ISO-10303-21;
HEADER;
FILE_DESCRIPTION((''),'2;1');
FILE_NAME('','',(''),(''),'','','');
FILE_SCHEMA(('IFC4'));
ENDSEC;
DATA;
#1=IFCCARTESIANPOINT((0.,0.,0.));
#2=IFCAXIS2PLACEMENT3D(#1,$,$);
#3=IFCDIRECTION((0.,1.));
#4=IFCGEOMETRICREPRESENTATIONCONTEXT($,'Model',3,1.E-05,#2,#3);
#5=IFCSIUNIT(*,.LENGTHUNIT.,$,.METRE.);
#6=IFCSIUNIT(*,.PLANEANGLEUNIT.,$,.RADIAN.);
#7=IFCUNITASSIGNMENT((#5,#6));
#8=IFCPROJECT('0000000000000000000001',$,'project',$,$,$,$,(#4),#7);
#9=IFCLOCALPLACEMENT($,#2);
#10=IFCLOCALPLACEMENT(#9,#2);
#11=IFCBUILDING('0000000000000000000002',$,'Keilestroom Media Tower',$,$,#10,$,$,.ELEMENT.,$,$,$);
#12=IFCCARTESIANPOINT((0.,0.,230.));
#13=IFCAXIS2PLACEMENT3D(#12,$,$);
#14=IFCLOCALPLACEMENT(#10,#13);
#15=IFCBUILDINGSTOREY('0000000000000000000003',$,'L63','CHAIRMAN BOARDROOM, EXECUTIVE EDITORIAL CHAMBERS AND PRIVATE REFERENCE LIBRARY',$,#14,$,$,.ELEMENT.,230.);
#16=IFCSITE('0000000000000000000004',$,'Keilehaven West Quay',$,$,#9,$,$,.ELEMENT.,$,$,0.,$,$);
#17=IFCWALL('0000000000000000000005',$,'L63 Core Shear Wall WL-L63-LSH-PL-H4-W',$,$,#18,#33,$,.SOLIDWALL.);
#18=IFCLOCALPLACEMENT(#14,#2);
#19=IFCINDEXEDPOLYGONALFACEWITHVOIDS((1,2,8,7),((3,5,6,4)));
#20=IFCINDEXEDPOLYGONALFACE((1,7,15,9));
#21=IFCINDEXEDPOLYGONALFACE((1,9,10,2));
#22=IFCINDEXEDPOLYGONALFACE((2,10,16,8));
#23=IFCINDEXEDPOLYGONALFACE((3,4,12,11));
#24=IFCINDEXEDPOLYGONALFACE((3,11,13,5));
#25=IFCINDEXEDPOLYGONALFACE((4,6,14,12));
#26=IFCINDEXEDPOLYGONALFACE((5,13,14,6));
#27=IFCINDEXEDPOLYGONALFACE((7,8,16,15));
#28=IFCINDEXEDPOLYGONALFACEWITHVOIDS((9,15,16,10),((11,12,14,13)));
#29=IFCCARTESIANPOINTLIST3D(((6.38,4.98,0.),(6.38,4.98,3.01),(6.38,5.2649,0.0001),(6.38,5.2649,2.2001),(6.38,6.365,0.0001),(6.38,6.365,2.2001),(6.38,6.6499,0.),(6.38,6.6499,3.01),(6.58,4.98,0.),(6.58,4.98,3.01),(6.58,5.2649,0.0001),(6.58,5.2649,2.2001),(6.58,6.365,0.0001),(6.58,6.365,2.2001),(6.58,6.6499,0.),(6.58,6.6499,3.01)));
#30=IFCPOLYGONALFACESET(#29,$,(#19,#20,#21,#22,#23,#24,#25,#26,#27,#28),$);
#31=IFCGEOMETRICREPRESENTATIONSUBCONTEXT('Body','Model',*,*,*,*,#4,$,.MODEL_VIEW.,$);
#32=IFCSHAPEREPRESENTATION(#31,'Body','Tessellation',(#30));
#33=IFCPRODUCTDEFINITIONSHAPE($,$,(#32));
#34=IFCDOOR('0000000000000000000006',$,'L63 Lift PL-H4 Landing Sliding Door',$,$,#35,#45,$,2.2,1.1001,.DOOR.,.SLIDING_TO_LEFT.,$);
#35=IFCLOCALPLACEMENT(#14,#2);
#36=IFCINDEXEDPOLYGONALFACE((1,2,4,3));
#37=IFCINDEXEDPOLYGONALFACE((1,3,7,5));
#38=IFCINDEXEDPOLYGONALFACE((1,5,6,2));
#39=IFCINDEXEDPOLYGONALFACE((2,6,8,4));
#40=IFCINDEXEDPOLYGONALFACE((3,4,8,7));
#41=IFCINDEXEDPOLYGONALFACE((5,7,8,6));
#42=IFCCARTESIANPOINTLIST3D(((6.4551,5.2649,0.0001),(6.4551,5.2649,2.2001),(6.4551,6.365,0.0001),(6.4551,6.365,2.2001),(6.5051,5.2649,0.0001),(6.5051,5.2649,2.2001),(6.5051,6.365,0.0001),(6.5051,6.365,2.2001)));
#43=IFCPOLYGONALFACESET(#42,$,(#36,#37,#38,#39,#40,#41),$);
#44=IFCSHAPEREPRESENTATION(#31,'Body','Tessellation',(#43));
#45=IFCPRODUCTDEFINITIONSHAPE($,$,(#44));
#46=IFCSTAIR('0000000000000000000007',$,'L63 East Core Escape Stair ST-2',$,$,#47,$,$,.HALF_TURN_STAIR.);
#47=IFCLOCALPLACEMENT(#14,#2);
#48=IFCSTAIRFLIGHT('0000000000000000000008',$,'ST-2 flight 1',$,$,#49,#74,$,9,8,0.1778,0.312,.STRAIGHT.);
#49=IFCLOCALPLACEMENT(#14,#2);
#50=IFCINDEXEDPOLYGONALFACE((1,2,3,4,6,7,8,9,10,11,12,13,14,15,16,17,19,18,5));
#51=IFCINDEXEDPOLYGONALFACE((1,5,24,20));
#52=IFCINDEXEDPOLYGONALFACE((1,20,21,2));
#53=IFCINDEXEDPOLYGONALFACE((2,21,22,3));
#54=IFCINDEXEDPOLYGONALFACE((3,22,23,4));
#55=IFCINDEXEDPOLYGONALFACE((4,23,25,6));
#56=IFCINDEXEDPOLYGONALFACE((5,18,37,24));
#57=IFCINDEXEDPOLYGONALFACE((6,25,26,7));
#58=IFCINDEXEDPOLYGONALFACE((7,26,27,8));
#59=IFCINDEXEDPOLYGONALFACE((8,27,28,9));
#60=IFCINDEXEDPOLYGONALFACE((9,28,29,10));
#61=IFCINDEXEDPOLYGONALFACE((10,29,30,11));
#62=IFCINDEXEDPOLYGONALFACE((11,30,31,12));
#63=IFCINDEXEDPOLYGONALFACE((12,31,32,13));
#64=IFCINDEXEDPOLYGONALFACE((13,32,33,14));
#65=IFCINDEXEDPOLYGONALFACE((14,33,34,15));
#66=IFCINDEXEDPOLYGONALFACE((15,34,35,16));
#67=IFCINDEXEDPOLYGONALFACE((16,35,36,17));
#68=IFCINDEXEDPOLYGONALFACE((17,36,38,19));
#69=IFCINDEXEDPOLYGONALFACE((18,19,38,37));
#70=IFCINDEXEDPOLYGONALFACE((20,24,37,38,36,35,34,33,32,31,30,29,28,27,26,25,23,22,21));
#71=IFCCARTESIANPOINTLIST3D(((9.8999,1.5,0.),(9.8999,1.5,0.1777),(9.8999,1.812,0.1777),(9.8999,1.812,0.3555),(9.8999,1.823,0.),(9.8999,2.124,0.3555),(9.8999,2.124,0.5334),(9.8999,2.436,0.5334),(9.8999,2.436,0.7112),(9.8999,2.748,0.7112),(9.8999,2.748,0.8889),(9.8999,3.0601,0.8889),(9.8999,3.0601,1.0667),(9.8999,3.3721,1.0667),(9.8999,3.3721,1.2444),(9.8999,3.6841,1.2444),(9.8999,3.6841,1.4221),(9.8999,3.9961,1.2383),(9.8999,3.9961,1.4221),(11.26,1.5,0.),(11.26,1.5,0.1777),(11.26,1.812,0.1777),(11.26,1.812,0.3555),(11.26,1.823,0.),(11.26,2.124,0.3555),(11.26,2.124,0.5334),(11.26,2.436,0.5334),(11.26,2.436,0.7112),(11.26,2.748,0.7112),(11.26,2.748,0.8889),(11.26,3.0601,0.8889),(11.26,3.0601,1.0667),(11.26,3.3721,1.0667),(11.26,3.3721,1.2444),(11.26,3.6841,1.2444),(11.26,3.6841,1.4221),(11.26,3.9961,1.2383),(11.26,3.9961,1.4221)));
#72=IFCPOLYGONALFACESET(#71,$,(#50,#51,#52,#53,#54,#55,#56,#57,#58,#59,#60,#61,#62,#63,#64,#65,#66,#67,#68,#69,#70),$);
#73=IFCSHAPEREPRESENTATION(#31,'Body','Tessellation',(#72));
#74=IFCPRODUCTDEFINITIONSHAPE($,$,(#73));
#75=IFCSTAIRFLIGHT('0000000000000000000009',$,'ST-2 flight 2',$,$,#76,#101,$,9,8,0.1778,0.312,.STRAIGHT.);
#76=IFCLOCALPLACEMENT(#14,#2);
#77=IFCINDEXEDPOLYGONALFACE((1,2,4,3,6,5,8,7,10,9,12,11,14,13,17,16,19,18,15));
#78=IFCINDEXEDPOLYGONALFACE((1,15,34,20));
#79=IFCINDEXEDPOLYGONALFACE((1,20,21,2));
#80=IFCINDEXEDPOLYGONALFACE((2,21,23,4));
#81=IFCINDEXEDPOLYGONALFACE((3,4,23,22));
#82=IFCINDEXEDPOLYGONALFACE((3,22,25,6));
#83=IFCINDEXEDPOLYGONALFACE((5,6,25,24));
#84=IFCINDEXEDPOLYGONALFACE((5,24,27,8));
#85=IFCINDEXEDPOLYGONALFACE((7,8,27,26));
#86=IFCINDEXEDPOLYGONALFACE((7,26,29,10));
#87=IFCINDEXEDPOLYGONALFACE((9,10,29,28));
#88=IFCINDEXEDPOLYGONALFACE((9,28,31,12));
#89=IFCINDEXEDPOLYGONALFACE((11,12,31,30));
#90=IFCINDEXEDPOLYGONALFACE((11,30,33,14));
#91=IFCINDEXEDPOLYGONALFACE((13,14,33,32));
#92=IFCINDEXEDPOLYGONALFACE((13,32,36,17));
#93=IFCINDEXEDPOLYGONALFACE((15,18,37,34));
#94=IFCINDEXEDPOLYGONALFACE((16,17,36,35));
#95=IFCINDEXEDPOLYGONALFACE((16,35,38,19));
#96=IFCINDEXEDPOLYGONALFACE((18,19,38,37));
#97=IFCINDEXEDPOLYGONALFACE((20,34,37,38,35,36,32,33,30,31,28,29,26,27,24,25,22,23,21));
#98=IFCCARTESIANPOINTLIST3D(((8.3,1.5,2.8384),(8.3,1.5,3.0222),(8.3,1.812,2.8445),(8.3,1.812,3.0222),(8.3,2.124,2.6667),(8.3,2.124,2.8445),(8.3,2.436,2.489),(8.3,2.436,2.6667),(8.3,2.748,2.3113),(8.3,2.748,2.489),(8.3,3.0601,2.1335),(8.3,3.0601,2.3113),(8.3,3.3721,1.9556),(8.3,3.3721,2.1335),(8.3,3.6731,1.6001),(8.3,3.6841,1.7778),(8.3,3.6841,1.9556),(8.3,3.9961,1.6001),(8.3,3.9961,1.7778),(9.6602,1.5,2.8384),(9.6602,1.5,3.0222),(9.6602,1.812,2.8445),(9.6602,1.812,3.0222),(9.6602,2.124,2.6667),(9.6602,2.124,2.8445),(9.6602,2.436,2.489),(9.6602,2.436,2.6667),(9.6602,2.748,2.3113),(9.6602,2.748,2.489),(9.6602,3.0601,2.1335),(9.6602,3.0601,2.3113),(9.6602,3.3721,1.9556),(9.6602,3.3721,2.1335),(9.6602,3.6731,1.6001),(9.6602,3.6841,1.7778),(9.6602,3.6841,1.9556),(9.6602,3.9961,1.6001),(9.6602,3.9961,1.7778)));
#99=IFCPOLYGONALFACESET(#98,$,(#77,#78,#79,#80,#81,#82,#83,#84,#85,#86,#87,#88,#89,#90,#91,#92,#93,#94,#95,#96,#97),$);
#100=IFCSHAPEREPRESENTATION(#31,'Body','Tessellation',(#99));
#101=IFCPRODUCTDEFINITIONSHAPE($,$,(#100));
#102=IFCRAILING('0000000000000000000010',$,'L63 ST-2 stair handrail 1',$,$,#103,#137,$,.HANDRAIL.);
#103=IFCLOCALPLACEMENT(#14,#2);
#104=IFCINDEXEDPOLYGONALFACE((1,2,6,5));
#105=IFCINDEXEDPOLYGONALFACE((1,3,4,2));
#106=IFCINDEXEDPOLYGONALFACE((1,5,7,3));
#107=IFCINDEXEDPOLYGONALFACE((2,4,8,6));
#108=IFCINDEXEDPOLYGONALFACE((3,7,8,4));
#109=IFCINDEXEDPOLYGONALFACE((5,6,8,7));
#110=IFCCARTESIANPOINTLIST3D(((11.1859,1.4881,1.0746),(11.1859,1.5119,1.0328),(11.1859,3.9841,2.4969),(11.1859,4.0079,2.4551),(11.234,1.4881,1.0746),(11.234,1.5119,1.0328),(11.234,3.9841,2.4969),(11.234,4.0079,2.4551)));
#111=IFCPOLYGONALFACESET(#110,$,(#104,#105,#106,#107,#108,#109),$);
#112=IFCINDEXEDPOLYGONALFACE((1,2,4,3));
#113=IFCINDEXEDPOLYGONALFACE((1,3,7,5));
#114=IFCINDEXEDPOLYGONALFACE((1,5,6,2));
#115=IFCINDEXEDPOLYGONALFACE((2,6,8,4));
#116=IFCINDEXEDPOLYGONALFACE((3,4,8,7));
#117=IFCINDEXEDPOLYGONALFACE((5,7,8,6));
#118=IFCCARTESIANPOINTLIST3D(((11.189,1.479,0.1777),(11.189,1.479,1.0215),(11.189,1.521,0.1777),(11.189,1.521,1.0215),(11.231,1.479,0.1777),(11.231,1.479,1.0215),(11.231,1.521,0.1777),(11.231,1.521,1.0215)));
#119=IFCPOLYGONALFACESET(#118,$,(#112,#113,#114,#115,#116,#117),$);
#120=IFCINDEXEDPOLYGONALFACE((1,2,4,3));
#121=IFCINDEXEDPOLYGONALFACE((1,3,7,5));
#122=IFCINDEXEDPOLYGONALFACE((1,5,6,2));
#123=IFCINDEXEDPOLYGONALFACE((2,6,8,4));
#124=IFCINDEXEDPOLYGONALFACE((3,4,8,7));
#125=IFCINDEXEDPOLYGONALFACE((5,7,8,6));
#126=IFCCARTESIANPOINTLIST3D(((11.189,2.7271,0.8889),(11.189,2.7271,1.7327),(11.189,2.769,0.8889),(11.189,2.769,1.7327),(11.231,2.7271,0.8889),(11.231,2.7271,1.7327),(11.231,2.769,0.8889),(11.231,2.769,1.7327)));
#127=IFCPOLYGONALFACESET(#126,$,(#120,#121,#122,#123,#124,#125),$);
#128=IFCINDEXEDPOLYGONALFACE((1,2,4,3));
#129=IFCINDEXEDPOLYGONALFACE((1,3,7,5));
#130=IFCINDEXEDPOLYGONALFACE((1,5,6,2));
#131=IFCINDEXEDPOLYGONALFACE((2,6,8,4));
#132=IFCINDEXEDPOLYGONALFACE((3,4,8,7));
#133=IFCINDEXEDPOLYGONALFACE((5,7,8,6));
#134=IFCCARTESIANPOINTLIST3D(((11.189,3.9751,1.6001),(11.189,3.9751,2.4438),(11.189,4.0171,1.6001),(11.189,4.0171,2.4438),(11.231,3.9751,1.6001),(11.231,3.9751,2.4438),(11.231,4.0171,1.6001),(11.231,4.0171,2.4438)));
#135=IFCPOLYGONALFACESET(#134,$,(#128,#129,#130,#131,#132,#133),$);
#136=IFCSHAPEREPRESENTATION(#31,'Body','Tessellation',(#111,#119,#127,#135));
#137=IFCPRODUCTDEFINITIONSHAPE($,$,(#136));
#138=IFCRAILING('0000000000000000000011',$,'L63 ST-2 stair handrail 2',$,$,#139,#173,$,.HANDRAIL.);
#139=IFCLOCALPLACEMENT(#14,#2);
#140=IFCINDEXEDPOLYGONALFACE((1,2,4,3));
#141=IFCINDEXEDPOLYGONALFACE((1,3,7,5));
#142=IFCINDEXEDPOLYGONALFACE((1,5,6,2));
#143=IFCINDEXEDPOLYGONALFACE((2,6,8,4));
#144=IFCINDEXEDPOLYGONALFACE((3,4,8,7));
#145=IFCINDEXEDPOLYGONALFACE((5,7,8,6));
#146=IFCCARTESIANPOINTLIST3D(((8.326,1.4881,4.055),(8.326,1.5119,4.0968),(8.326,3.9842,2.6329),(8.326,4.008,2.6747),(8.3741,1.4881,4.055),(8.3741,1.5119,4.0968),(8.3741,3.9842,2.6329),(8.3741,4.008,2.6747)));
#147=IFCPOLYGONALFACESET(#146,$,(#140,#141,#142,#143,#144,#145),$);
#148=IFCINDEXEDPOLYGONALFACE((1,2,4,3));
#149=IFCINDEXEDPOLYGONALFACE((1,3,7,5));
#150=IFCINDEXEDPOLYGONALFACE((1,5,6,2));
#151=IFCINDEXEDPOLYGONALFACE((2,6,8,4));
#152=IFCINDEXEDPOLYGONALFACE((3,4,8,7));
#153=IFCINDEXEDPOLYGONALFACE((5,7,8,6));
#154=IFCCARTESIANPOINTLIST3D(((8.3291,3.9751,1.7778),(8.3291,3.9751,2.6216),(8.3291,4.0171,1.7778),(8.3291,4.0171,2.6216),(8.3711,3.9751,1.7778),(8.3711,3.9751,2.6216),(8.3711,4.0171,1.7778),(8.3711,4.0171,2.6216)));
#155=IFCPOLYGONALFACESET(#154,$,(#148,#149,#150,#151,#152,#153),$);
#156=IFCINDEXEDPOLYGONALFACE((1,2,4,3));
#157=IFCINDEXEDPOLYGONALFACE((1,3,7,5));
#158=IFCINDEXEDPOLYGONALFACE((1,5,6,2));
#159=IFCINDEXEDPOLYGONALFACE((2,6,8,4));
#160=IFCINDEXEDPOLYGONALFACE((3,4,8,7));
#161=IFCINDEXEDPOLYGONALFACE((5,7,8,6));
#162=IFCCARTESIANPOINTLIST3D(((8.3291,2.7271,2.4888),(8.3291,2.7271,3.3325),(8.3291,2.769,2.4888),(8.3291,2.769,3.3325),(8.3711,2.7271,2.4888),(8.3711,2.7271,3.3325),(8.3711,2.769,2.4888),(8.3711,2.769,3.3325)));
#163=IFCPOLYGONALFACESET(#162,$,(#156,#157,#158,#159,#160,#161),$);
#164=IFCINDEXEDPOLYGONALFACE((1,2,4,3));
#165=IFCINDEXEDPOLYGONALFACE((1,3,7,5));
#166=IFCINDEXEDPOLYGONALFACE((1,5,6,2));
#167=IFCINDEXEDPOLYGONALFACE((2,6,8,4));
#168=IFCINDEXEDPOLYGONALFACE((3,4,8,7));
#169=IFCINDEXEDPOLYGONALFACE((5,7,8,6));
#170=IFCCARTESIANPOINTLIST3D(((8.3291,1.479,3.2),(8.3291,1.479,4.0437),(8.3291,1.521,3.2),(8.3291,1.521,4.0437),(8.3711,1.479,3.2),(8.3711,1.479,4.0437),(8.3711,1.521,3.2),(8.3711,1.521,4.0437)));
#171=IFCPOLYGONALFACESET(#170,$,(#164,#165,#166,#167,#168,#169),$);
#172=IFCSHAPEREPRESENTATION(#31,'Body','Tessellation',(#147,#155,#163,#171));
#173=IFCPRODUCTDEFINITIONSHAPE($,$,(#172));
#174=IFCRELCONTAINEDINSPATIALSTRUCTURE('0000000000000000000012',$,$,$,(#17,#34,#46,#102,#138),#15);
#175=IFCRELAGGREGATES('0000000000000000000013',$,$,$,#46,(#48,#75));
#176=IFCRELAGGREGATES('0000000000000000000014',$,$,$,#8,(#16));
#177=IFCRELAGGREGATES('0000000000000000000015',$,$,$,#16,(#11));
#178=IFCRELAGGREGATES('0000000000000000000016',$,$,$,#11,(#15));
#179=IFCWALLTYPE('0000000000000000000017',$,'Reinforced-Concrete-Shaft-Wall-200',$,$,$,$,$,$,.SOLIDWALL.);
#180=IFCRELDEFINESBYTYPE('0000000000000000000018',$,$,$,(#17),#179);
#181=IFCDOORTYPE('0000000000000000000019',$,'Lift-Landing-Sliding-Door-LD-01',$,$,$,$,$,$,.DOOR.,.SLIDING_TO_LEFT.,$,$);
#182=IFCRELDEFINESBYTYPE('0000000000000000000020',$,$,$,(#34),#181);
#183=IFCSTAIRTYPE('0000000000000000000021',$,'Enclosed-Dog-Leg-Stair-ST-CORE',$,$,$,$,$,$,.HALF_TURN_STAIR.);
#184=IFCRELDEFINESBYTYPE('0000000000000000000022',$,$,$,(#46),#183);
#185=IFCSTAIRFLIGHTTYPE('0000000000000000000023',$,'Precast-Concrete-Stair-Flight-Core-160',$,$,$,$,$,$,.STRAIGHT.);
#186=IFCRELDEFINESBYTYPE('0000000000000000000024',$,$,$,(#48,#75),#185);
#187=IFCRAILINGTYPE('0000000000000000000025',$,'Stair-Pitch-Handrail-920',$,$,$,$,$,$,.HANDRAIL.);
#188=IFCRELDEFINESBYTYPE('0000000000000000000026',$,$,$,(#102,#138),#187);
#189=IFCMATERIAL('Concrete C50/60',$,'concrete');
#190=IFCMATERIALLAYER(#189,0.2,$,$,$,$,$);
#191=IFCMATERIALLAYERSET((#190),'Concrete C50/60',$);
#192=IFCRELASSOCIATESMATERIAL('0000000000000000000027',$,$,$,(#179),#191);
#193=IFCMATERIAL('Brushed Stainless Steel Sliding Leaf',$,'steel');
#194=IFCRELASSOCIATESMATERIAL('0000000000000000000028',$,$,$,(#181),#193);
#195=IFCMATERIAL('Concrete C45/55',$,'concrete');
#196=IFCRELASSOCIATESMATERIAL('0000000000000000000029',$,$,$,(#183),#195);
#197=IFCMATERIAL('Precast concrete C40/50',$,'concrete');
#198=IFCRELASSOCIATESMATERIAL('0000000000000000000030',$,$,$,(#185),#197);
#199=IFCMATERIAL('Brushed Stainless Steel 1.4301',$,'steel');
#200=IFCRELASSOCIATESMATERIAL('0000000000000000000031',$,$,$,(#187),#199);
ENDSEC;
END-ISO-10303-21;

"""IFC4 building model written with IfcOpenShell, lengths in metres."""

from ifc_helpers import new_model, si_unit, direction, frame, frame_2d, origin, origin_2d, place, context, subcontext, project, spatial, polyline, rectangle, outline, extrude, source, transform, mapped, material, layer, layer_set, type_object, element, fill, aggregate, save


model = new_model("IFC4")

# Units and contexts
model_context = context("Model", 3, precision=1e-05, world=origin(), true_north=direction((0.0, 1.0)))
body_context = subcontext(model_context, "Body", "Model", "MODEL_VIEW")
ifc_project = project(units=[si_unit("LENGTHUNIT", "METRE"), si_unit("PLANEANGLEUNIT", "RADIAN")], contexts=[model_context])

# Site, building, storey
site_placement = place(None, origin())
site = spatial("IfcSite", under=ifc_project, at=site_placement, Name="Keilehaven West Quay", CompositionType="ELEMENT", RefElevation=0.0)
building_placement = place(site_placement, origin())
building = spatial("IfcBuilding", under=site, at=building_placement, Name="Keilestroom Media Tower", CompositionType="ELEMENT")
storey_placement = place(building_placement, frame((0.0, 0.0, 230.0)))
storey = spatial("IfcBuildingStorey", under=building, at=storey_placement, Name="L63", Description="CHAIRMAN BOARDROOM, EXECUTIVE EDITORIAL CHAMBERS AND PRIVATE REFERENCE LIBRARY", CompositionType="ELEMENT", Elevation=230.0)

# Shared definitions
ifc_material_1 = material(Name="Concrete C50/60", Category="concrete")
ifc_layer_1 = layer(ifc_material_1, 0.2)
ifc_layer_set_1 = layer_set([ifc_layer_1], Name="Concrete C50/60")
wall_type_1 = type_object("IfcWallType", Name="Reinforced-Concrete-Shaft-Wall-200", PredefinedType="SOLIDWALL", material=ifc_layer_set_1)

# Shared definitions
ifc_material_2 = material(Name="Brushed Stainless Steel Sliding Leaf", Category="steel")
door_type = type_object("IfcDoorType", Name="Lift-Landing-Sliding-Door-LD-01", OperationType="SLIDING_TO_LEFT", PredefinedType="DOOR", material=ifc_material_2)
shared_shape_1 = source(origin(), body_context, "Body", "SweptSolid", [
    extrude(rectangle(XDim=1.1001, YDim=2.2, at=frame_2d((0.55, 1.1001))), frame((0.0, 0.0249, 0.0), z_axis=(0.0, -1.0, 0.0), x_axis=(1.0, 0.0, 0.0)), (0.0, 0.0, 1.0), 0.05),
])

# Wall, opening, door
wall_1_placement = place(storey_placement, frame((6.48, 4.98, 0.0), z_axis=(0.0, 0.0, 1.0), x_axis=(0.0, 1.0, 0.0)))
wall_1 = element("IfcWall", 1, at=wall_1_placement, inside=storey, type_object=wall_type_1, Name="L63 Core Shear Wall WL-L63-LSH-PL-H4-W", PredefinedType="SOLIDWALL", context=body_context, shape_type="SweptSolid", body=[
    extrude(rectangle(XDim=1.6699, YDim=0.2, at=frame_2d((0.835, 0.0))), origin(), (0.0, 0.0, 1.0), 3.01),
])
opening_1_placement = place(wall_1_placement, frame((0.2849, 0.0, 0.0)))
opening_1 = element("IfcOpeningElement", 2, at=opening_1_placement, cuts=wall_1, PredefinedType="OPENING", context=body_context, shape_type="SweptSolid", body=[
    extrude(rectangle(XDim=1.1001, YDim=2.2, at=frame_2d((0.55, 1.1001))), frame((0.0, 0.1099, 0.0), z_axis=(0.0, -1.0, 0.0), x_axis=(1.0, 0.0, 0.0)), (0.0, 0.0, 1.0), 0.22),
])
door_1_placement = place(opening_1_placement, origin())
door_1 = element("IfcDoor", 3, at=door_1_placement, inside=storey, type_object=door_type, Name="L63 Lift PL-H4 Landing Sliding Door", OperationType="SLIDING_TO_LEFT", OverallHeight=2.2, OverallWidth=1.1001, PredefinedType="DOOR", context=body_context, shape_type="MappedRepresentation", body=[
    mapped(shared_shape_1, transform((0.0, 0.0, 0.0), x_axis=(1.0, 0.0, 0.0), y_axis=(0.0, 1.0, 0.0), z_axis=(0.0, 0.0, 1.0), scale=1.0)),
])
fill(opening_1, door_1)

# Stair, stair flights
ifc_material_3 = material(Name="Concrete C45/55", Category="concrete")
stair_type = type_object("IfcStairType", Name="Enclosed-Dog-Leg-Stair-ST-CORE", PredefinedType="HALF_TURN_STAIR", material=ifc_material_3)
stair_placement = place(storey_placement, origin())
stair = element("IfcStair", 4, at=stair_placement, inside=storey, type_object=stair_type, Name="L63 East Core Escape Stair ST-2", PredefinedType="HALF_TURN_STAIR")
ifc_material_4 = material(Name="Precast concrete C40/50", Category="concrete")
stair_flight_type = type_object("IfcStairFlightType", Name="Precast-Concrete-Stair-Flight-Core-160", PredefinedType="STRAIGHT", material=ifc_material_4)
stair_flight_1_placement = place(storey_placement, frame((10.5801, 1.5, 0.0), z_axis=(0.0, 0.0, 1.0), x_axis=(0.0, 1.0, 0.0)))
stair_flight_1 = element("IfcStairFlight", 5, at=stair_flight_1_placement, type_object=stair_flight_type, Name="ST-2 flight 1", NumberOfRisers=9, NumberOfTreads=8, PredefinedType="STRAIGHT", RiserHeight=0.1778, TreadLength=0.312, context=body_context, shape_type="SweptSolid", body=[
    extrude(outline(polyline([(0.0, 0.0), (0.0, 0.1777), (0.312, 0.1777), (0.312, 0.3555), (0.624, 0.3555), (0.624, 0.5334), (0.936, 0.5334), (0.936, 0.7112), (1.248, 0.7112), (1.248, 0.8889), (1.5601, 0.8889), (1.5601, 1.0667), (1.8721, 1.0667), (1.8721, 1.2444), (2.1841, 1.2444), (2.1841, 1.4221), (2.4961, 1.4221), (2.4961, 1.6001), (2.4961, 1.2383), (0.323, 0.0), (0.0, 0.0)])), frame((0.0, 0.6802, 0.0), z_axis=(0.0, -1.0, 0.0), x_axis=(1.0, 0.0, 0.0)), (0.0, 0.0, 1.0), 1.3601),
])
stair_flight_2_placement = place(storey_placement, frame((8.98, 3.9961, 1.6001), z_axis=(0.0, 0.0, 1.0), x_axis=(0.0, -1.0, 0.0)))
stair_flight_2 = element("IfcStairFlight", 6, at=stair_flight_2_placement, type_object=stair_flight_type, Name="ST-2 flight 2", NumberOfRisers=9, NumberOfTreads=8, PredefinedType="STRAIGHT", RiserHeight=0.1778, TreadLength=0.312, context=body_context, shape_type="SweptSolid", body=[
    extrude(outline(polyline([(0.0, 0.0), (0.0, 0.1777), (0.312, 0.1777), (0.312, 0.3555), (0.624, 0.3555), (0.624, 0.5334), (0.936, 0.5334), (0.936, 0.7112), (1.248, 0.7112), (1.248, 0.8889), (1.5601, 0.8889), (1.5601, 1.0667), (1.8721, 1.0667), (1.8721, 1.2444), (2.1841, 1.2444), (2.1841, 1.4221), (2.4961, 1.4221), (2.4961, 1.6001), (2.4961, 1.2383), (0.323, 0.0), (0.0, 0.0)])), frame((0.0, 0.6802, 0.0), z_axis=(0.0, -1.0, 0.0), x_axis=(1.0, 0.0, 0.0)), (0.0, 0.0, 1.0), 1.3601),
])
aggregate(stair, [stair_flight_1, stair_flight_2])

# Railings
ifc_material_5 = material(Name="Brushed Stainless Steel 1.4301", Category="steel")
railing_type_1 = type_object("IfcRailingType", Name="Stair-Pitch-Handrail-920", PredefinedType="HANDRAIL", material=ifc_material_5)
railing_1_placement = place(storey_placement, frame((11.21, 1.5, 0.1777)))
element("IfcRailing", 7, at=railing_1_placement, inside=storey, type_object=railing_type_1, Name="L63 ST-2 stair handrail 1", PredefinedType="HANDRAIL", context=body_context, shape_type="SweptSolid", body=[
    extrude(rectangle(XDim=0.0481, YDim=0.0481, at=origin_2d()), frame((0.0, 0.0, 0.876), z_axis=(0.0, 0.868839, 0.495095), x_axis=(-1.0, 0.0, 0.0)), (0.0, 0.0, 1.0), 2.8728),
    extrude(rectangle(XDim=0.042, YDim=0.042, at=origin_2d()), origin(), (0.0, 0.0, 1.0), 0.8438),
    extrude(rectangle(XDim=0.042, YDim=0.042, at=origin_2d()), frame((0.0, 1.248, 0.7112)), (0.0, 0.0, 1.0), 0.8438),
    extrude(rectangle(XDim=0.042, YDim=0.042, at=origin_2d()), frame((0.0, 2.4961, 1.4224)), (0.0, 0.0, 1.0), 0.8438),
])
railing_2_placement = place(storey_placement, frame((8.3501, 3.9961, 1.7778)))
element("IfcRailing", 8, at=railing_2_placement, inside=storey, type_object=railing_type_1, Name="L63 ST-2 stair handrail 2", PredefinedType="HANDRAIL", context=body_context, shape_type="SweptSolid", body=[
    extrude(rectangle(XDim=0.0481, YDim=0.0481, at=origin_2d()), frame((0.0, 0.0, 0.876), z_axis=(0.0, -0.868875, 0.495031), x_axis=(1.0, 0.0, 0.0)), (0.0, 0.0, 1.0), 2.8728),
    extrude(rectangle(XDim=0.042, YDim=0.042, at=origin_2d()), origin(), (0.0, 0.0, 1.0), 0.8438),
    extrude(rectangle(XDim=0.042, YDim=0.042, at=origin_2d()), frame((0.0, -1.248, 0.7109)), (0.0, 0.0, 1.0), 0.8438),
    extrude(rectangle(XDim=0.042, YDim=0.042, at=origin_2d()), frame((0.0, -2.4961, 1.4221)), (0.0, 0.0, 1.0), 0.8438),
])

save(model, "model.ifc")
